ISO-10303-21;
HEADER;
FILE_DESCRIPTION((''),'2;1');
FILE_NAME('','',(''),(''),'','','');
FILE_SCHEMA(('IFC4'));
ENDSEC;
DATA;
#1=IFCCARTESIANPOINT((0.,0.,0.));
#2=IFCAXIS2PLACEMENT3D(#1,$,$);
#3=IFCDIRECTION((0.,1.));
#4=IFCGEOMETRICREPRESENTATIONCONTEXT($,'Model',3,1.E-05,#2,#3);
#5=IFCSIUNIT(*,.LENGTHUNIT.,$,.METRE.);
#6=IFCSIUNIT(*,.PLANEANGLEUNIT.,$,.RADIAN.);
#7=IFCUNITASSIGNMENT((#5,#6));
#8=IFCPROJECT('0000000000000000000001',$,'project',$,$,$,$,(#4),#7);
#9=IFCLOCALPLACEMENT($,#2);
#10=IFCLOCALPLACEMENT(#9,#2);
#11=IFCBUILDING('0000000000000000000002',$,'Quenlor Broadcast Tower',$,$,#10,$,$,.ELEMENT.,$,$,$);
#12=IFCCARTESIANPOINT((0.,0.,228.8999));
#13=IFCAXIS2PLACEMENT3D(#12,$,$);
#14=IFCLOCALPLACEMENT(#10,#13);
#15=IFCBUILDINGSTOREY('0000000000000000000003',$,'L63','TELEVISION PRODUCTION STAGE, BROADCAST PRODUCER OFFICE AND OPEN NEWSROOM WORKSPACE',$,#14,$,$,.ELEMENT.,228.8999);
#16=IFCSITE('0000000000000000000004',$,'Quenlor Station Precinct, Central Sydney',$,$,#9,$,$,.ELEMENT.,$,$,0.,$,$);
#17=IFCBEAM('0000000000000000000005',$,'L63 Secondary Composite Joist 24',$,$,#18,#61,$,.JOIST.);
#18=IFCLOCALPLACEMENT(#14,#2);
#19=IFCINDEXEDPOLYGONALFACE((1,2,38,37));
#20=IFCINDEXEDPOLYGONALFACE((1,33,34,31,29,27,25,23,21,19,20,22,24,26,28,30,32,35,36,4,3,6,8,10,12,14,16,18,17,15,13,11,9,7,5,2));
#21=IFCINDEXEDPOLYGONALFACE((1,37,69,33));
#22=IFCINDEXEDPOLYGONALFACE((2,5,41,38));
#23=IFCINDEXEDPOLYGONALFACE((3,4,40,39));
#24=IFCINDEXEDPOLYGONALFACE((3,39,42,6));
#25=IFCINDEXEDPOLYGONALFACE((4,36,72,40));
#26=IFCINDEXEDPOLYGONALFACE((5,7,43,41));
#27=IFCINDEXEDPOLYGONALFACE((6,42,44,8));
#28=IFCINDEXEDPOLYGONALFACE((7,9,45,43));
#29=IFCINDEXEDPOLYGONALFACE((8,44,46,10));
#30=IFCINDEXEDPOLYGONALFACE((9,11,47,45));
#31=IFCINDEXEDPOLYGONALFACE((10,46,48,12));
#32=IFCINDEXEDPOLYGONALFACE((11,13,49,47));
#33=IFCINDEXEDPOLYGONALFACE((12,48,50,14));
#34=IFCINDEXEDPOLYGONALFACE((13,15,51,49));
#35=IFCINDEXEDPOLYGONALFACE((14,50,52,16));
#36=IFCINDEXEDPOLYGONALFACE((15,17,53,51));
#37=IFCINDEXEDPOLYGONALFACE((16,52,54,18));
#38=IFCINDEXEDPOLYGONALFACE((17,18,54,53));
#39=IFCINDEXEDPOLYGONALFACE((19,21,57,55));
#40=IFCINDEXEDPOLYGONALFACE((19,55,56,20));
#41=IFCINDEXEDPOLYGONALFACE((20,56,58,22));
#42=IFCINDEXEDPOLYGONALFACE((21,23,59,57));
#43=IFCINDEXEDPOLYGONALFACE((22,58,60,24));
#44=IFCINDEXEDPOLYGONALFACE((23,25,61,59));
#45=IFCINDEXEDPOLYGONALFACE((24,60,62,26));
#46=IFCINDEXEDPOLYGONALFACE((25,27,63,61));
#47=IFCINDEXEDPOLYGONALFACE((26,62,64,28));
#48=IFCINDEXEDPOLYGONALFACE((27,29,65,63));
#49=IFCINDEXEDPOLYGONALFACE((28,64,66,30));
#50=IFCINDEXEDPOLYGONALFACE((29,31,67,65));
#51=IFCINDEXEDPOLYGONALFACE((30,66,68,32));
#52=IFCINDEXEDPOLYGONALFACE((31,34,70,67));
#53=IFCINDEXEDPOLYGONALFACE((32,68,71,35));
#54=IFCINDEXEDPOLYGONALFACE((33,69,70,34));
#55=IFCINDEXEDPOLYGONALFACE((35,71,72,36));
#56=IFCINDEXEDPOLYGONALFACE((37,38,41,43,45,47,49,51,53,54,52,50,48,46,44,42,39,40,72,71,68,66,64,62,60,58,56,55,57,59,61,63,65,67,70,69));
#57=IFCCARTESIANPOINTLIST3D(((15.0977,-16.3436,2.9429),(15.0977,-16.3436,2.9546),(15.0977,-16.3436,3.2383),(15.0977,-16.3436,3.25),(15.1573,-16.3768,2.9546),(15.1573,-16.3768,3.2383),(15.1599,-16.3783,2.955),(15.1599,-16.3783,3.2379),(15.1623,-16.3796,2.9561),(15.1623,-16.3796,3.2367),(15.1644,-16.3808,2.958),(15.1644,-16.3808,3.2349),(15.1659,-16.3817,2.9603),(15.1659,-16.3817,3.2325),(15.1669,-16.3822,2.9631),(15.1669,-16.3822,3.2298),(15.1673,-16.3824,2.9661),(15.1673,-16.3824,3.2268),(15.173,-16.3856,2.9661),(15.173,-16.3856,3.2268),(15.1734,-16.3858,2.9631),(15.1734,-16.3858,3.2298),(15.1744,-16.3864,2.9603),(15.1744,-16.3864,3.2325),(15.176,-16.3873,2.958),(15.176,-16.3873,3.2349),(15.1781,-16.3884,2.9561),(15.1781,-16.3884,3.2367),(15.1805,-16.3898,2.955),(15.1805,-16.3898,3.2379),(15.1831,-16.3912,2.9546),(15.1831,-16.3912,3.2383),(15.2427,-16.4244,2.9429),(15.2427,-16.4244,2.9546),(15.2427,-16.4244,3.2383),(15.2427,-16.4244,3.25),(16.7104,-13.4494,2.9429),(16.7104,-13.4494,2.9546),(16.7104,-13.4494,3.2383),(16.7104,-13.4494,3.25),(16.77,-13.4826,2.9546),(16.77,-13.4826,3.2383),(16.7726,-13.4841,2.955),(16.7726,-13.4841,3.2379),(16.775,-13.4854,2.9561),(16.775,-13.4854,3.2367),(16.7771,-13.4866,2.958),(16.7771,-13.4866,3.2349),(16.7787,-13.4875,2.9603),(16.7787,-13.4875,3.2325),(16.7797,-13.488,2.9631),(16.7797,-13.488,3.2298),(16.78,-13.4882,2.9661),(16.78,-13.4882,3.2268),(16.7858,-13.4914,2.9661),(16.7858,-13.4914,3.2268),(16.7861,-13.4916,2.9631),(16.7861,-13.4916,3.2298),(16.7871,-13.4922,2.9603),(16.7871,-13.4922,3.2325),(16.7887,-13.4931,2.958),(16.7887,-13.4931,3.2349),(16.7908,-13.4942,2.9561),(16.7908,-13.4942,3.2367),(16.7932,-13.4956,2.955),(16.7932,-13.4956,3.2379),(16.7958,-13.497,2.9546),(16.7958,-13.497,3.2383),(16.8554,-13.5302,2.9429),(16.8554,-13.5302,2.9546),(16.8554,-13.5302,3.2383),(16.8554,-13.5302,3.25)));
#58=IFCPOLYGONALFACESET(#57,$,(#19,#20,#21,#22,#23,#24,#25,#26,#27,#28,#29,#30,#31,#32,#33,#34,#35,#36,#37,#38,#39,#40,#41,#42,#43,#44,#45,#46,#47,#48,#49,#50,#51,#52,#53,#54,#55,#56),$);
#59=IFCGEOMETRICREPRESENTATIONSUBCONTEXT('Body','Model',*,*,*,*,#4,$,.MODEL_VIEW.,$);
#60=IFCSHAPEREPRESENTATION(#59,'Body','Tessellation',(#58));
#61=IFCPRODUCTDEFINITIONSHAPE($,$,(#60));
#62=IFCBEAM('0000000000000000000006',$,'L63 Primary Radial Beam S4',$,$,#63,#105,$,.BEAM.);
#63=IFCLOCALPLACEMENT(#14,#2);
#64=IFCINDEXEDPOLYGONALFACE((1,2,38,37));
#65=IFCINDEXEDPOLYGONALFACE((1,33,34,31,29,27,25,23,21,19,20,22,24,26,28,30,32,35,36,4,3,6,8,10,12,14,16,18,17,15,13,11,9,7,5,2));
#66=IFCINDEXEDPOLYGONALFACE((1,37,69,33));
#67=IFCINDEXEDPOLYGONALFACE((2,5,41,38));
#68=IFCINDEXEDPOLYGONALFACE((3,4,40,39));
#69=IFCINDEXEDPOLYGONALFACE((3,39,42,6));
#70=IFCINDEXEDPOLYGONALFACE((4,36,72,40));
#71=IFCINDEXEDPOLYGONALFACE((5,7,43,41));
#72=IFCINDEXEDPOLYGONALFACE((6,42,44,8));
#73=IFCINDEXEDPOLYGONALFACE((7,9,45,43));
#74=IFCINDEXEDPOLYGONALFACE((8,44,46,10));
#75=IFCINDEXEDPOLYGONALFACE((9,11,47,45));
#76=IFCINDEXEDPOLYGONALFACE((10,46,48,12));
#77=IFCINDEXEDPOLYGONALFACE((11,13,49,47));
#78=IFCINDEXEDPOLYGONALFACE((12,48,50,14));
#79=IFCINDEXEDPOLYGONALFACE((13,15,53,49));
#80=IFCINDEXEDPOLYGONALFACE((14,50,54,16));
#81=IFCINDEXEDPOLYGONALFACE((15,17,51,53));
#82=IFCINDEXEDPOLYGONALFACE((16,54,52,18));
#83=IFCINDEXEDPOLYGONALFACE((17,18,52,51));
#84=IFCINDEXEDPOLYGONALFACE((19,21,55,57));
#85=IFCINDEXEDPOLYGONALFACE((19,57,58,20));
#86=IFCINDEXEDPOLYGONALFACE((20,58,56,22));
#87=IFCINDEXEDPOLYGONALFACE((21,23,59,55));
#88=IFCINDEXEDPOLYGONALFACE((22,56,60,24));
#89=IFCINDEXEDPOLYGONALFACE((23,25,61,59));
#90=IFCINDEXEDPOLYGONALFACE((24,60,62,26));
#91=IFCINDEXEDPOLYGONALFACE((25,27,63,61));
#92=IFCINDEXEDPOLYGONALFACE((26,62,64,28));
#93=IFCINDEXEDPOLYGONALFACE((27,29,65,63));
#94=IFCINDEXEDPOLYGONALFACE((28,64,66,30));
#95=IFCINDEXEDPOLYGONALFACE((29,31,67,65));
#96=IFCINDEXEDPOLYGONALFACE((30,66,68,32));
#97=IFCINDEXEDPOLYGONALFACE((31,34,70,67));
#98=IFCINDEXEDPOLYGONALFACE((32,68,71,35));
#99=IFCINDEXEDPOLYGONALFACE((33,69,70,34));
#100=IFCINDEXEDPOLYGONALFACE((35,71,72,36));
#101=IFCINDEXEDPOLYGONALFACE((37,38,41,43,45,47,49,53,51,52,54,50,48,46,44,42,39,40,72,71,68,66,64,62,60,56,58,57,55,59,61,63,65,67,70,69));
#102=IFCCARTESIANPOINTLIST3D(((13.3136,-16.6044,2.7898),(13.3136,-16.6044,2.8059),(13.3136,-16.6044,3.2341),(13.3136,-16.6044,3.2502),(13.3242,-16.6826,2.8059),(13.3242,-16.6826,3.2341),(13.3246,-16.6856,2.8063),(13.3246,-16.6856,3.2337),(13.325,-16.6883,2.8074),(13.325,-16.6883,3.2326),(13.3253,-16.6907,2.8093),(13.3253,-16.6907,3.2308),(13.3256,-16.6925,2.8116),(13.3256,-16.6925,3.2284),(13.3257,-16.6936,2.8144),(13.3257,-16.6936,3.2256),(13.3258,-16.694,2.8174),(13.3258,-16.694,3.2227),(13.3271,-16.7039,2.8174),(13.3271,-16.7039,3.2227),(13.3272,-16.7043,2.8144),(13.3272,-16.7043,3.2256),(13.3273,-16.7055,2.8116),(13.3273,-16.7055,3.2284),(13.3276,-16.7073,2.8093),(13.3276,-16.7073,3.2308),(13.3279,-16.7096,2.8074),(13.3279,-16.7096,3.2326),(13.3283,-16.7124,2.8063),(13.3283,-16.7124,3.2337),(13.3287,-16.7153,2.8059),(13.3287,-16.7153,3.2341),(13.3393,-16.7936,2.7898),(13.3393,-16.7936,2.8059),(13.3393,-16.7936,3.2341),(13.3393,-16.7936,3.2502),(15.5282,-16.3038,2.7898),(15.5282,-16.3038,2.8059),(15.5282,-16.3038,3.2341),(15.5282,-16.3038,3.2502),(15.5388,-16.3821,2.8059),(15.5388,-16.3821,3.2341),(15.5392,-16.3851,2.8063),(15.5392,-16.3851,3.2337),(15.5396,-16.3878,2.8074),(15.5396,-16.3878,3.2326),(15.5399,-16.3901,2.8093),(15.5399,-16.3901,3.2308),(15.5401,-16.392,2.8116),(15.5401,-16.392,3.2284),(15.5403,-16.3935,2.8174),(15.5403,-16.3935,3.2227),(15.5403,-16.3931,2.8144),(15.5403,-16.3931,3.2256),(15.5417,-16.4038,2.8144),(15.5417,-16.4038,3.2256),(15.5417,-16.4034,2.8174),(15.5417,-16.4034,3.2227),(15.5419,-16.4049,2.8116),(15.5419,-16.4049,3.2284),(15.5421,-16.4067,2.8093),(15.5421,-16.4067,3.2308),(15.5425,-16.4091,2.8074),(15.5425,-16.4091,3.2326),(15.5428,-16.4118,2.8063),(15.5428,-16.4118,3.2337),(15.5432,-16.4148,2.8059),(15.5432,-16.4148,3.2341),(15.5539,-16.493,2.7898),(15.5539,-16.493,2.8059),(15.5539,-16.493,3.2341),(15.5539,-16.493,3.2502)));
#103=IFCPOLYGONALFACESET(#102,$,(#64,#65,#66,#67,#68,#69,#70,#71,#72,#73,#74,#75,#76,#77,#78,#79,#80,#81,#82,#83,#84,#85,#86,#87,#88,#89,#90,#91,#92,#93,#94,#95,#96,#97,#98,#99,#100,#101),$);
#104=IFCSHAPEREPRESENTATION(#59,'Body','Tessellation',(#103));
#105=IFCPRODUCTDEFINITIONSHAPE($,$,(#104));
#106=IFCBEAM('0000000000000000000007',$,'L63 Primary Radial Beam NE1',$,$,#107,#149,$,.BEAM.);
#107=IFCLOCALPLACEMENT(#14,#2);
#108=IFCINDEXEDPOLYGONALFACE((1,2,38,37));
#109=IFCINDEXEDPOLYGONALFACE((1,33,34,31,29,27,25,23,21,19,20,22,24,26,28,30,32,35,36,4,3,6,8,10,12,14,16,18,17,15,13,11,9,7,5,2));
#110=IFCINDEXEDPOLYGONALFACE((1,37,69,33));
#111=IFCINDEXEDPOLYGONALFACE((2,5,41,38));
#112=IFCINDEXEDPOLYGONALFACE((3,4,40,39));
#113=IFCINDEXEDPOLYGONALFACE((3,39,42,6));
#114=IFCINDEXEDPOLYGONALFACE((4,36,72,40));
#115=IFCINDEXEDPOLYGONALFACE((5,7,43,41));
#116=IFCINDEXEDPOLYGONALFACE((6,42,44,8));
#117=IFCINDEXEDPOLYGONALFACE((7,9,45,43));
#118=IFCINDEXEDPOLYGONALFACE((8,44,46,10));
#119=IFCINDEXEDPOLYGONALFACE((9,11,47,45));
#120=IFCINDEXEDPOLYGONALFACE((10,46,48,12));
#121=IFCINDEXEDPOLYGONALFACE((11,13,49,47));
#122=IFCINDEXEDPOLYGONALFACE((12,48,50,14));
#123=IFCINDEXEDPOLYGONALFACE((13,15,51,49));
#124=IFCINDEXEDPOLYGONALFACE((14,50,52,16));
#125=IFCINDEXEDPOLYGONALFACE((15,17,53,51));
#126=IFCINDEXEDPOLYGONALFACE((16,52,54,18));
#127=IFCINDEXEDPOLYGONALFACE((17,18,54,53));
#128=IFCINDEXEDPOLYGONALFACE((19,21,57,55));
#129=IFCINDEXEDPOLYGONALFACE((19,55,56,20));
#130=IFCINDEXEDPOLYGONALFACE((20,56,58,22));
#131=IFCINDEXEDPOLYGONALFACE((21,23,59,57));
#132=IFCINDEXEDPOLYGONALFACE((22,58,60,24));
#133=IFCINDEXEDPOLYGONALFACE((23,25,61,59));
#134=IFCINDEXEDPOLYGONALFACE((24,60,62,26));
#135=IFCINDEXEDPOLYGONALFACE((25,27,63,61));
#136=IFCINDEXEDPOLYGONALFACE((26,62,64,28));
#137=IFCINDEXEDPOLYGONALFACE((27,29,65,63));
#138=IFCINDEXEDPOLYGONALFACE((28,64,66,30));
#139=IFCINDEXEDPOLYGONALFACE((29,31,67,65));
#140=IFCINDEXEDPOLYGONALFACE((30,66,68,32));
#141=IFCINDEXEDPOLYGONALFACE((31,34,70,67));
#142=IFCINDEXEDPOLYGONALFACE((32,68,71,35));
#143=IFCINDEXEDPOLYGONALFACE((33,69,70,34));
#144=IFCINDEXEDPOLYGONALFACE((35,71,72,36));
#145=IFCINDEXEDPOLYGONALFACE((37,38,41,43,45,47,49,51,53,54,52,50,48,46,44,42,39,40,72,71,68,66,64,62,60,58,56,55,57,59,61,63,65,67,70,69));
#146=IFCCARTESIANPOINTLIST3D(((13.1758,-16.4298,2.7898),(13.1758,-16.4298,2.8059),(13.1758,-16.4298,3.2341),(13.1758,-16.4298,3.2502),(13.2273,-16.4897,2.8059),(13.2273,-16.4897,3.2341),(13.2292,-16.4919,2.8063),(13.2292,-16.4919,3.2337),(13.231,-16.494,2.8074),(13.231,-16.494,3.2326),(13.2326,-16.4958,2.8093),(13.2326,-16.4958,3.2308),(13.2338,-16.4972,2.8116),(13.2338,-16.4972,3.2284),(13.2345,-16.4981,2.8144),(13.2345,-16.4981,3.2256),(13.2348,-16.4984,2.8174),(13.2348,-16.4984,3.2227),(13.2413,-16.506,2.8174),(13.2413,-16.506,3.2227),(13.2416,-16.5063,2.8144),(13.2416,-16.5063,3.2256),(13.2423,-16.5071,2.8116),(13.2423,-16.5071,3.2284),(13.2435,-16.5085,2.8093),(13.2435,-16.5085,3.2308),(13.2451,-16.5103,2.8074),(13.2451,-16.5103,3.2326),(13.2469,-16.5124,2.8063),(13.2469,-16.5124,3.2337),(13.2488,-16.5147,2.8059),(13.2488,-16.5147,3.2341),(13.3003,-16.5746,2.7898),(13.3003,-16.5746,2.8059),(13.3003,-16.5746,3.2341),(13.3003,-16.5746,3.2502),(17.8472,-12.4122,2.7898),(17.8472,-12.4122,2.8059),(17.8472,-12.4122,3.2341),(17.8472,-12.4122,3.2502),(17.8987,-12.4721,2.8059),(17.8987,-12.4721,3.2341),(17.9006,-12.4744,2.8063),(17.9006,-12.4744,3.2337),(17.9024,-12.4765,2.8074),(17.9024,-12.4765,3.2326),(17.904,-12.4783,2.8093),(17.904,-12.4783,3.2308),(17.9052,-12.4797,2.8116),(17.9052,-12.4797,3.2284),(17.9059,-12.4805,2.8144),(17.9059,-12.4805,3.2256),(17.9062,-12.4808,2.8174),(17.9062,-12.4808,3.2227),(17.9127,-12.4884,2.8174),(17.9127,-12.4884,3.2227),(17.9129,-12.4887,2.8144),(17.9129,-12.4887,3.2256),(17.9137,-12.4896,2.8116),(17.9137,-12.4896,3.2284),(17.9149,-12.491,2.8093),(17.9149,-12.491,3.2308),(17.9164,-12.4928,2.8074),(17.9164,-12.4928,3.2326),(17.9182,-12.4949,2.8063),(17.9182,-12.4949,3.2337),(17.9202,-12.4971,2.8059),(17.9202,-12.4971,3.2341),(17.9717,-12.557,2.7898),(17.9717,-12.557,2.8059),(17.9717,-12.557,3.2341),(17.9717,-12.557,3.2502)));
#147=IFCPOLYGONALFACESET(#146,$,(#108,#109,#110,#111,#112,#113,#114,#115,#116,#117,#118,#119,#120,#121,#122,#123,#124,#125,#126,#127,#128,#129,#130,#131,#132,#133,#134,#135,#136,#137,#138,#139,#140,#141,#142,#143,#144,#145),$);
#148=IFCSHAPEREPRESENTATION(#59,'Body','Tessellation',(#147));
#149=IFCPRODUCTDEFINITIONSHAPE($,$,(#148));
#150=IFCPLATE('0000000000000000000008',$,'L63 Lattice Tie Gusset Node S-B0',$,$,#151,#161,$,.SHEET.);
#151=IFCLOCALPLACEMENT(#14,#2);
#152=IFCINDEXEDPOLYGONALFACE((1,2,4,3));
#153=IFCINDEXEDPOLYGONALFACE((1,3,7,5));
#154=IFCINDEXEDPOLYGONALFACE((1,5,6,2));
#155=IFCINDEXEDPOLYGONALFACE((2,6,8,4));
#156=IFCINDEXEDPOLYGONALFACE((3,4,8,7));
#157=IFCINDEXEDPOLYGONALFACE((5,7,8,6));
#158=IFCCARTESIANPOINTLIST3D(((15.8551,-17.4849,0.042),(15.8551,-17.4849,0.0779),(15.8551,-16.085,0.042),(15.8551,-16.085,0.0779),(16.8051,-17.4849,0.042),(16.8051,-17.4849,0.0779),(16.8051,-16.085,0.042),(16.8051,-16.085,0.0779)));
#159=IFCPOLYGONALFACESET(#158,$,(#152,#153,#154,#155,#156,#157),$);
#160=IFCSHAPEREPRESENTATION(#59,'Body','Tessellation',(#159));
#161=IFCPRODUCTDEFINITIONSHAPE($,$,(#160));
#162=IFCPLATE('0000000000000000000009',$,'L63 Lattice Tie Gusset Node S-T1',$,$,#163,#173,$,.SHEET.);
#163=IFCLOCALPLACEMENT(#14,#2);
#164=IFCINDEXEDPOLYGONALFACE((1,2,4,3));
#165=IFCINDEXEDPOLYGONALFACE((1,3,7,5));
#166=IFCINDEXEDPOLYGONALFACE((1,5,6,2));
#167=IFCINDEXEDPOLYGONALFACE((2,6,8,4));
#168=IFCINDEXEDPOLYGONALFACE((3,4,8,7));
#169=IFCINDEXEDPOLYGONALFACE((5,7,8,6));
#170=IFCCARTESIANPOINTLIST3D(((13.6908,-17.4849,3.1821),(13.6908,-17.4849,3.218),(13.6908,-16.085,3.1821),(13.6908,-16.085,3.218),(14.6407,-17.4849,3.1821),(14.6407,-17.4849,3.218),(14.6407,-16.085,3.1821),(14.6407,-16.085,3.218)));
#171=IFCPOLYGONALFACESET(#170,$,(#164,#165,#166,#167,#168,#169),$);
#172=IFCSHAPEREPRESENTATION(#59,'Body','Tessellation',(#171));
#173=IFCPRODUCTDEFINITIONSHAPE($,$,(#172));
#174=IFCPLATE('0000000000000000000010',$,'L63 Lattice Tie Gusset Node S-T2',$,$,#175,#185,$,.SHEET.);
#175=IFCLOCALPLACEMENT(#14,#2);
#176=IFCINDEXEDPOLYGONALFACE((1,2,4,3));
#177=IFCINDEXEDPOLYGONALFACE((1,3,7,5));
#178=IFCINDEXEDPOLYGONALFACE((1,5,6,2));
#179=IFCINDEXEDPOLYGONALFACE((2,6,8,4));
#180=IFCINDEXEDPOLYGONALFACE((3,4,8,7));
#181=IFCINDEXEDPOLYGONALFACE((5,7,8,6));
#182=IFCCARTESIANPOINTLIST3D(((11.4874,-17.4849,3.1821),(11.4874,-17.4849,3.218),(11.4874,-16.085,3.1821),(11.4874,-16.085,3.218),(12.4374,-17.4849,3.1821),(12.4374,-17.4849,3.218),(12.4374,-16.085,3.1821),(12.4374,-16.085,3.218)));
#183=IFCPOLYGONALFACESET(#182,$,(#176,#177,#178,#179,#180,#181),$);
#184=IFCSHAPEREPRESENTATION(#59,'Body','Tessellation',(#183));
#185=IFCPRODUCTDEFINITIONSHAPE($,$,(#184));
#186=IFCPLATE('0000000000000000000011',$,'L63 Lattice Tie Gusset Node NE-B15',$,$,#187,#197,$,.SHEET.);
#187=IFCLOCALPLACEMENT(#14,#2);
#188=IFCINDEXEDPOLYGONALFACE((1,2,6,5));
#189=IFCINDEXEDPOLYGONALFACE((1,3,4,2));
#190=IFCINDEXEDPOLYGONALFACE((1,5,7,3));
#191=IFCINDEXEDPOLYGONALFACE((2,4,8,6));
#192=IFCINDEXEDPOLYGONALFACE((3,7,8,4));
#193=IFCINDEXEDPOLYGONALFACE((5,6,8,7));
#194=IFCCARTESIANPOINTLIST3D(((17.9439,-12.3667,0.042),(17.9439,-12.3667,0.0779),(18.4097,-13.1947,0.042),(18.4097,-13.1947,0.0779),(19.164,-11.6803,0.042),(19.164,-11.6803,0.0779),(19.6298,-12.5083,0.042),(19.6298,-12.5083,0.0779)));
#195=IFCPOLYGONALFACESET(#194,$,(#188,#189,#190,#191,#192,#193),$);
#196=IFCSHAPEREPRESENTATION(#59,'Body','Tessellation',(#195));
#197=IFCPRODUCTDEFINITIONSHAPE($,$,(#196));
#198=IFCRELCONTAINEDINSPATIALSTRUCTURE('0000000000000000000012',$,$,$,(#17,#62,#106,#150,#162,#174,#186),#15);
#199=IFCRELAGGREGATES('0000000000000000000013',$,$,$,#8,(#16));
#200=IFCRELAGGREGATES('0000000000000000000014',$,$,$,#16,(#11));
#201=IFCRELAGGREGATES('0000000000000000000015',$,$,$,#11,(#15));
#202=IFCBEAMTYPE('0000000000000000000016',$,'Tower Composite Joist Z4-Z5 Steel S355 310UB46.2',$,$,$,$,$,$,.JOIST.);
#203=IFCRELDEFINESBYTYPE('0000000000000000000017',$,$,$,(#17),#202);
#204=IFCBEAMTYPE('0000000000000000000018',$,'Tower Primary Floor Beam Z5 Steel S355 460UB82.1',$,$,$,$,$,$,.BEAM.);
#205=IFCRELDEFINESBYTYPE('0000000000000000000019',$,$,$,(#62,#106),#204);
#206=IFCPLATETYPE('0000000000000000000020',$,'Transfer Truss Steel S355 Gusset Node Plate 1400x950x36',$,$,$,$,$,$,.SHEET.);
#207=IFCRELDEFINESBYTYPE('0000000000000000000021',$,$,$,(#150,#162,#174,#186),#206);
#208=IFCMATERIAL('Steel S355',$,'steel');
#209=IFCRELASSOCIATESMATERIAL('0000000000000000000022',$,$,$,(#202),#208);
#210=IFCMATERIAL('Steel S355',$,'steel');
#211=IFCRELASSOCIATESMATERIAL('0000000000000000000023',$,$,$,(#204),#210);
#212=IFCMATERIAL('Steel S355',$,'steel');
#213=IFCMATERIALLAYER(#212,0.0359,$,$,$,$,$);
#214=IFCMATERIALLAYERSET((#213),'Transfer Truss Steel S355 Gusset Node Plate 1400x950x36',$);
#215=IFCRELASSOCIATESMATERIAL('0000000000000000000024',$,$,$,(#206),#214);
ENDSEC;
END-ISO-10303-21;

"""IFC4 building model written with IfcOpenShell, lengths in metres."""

from ifc_helpers import new_model, si_unit, direction, frame, origin, origin_2d, place, context, subcontext, project, spatial, rectangle, i_section, extrude, material, layer, layer_set, material_profile, profile_set, type_object, element, save


model = new_model("IFC4")

# Units and contexts
model_context = context("Model", 3, precision=1e-05, world=origin(), true_north=direction((0.0, 1.0)))
body_context = subcontext(model_context, "Body", "Model", "MODEL_VIEW")
ifc_project = project(units=[si_unit("LENGTHUNIT", "METRE"), si_unit("PLANEANGLEUNIT", "RADIAN")], contexts=[model_context])

# Site, building, storey
site_placement = place(None, origin())
site = spatial("IfcSite", under=ifc_project, at=site_placement, Name="Quenlor Station Precinct, Central Sydney", CompositionType="ELEMENT", RefElevation=0.0)
building_placement = place(site_placement, origin())
building = spatial("IfcBuilding", under=site, at=building_placement, Name="Quenlor Broadcast Tower", CompositionType="ELEMENT")
storey_placement = place(building_placement, frame((0.0, 0.0, 228.8999)))
storey = spatial("IfcBuildingStorey", under=building, at=storey_placement, Name="L63", Description="TELEVISION PRODUCTION STAGE, BROADCAST PRODUCER OFFICE AND OPEN NEWSROOM WORKSPACE", CompositionType="ELEMENT", Elevation=228.8999)

# Beams
ifc_material_1 = material(Name="Steel S355", Category="steel")
ifc_material_profile_1 = material_profile(ifc_material_1, i_section(OverallWidth=0.166, OverallDepth=0.3071, WebThickness=0.0066, FlangeThickness=0.0117, FilletRadius=0.0115, at=origin_2d()))
ifc_profile_set_1 = profile_set([ifc_material_profile_1], Name="Steel S355 310UB46.2")
beam_type_1 = type_object("IfcBeamType", Name="Tower Composite Joist Z4-Z5 Steel S355 310UB46.2", PredefinedType="JOIST", material=ifc_profile_set_1)
beam_1_placement = place(storey_placement, frame((15.1702, -16.384, 3.0964), z_axis=(0.486762, 0.873534, 0.0), x_axis=(-0.873534, 0.486762, 0.0)))
element("IfcBeam", 1, at=beam_1_placement, inside=storey, type_object=beam_type_1, Name="L63 Secondary Composite Joist 24", PredefinedType="JOIST", context=body_context, shape_type="SweptSolid", body=[
    extrude(i_section(OverallWidth=0.166, OverallDepth=0.3071, WebThickness=0.0066, FlangeThickness=0.0117, FilletRadius=0.0115, at=origin_2d()), origin(), (0.0, 0.0, 1.0), 3.3132),
])
ifc_material_2 = material(Name="Steel S355", Category="steel")
ifc_material_profile_2 = material_profile(ifc_material_2, i_section(OverallWidth=0.1909, OverallDepth=0.4604, WebThickness=0.01, FlangeThickness=0.0161, FilletRadius=0.0115, at=origin_2d()))
ifc_profile_set_2 = profile_set([ifc_material_profile_2], Name="Steel S355 460UB82.1")
beam_type_2 = type_object("IfcBeamType", Name="Tower Primary Floor Beam Z5 Steel S355 460UB82.1", PredefinedType="BEAM", material=ifc_profile_set_2)
beam_2_placement = place(storey_placement, frame((15.541, -16.3984, 3.02), z_axis=(-0.990917, -0.134475, 0.0), x_axis=(0.134475, -0.990917, 0.0)))
element("IfcBeam", 2, at=beam_2_placement, inside=storey, type_object=beam_type_2, Name="L63 Primary Radial Beam S4", PredefinedType="BEAM", context=body_context, shape_type="SweptSolid", body=[
    extrude(i_section(OverallWidth=0.1909, OverallDepth=0.4604, WebThickness=0.01, FlangeThickness=0.0161, FilletRadius=0.0115, at=origin_2d()), origin(), (0.0, 0.0, 1.0), 2.2349),
])
beam_3_placement = place(storey_placement, frame((17.9094, -12.4846, 3.02), z_axis=(-0.75817, -0.652057, 0.0), x_axis=(0.652057, -0.75817, 0.0)))
element("IfcBeam", 3, at=beam_3_placement, inside=storey, type_object=beam_type_2, Name="L63 Primary Radial Beam NE1", PredefinedType="BEAM", context=body_context, shape_type="SweptSolid", body=[
    extrude(i_section(OverallWidth=0.1909, OverallDepth=0.4604, WebThickness=0.01, FlangeThickness=0.0161, FilletRadius=0.0115, at=origin_2d()), origin(), (0.0, 0.0, 1.0), 6.1614),
])

# Plates
ifc_material_3 = material(Name="Steel S355", Category="steel")
ifc_layer_1 = layer(ifc_material_3, 0.0359)
ifc_layer_set_1 = layer_set([ifc_layer_1], Name="Transfer Truss Steel S355 Gusset Node Plate 1400x950x36")
plate_type = type_object("IfcPlateType", Name="Transfer Truss Steel S355 Gusset Node Plate 1400x950x36", PredefinedType="SHEET", material=ifc_layer_set_1)
for number, where, z_axis, x_axis, name in (
    (4, (16.3301, -16.7849, 0.042), (0.0, 0.0, 1.0), (0.0, -1.0, 0.0), "L63 Lattice Tie Gusset Node S-B0"),
    (5, (14.1658, -16.7849, 3.1821), (0.0, 0.0, 1.0), (0.0, -1.0, 0.0), "L63 Lattice Tie Gusset Node S-T1"),
    (6, (11.9624, -16.7849, 3.1821), (0.0, 0.0, 1.0), (0.0, -1.0, 0.0), "L63 Lattice Tie Gusset Node S-T2"),
    (7, (18.7869, -12.4375, 0.042), (0.0, 0.0, 1.0), (0.871556, 0.490295, 0.0), "L63 Lattice Tie Gusset Node NE-B15"),
):
    element("IfcPlate", number, at=place(storey_placement, frame(where, z_axis=z_axis, x_axis=x_axis)), inside=storey, type_object=plate_type, Name=name, PredefinedType="SHEET", context=body_context, shape_type="SweptSolid", body=[
        extrude(rectangle(XDim=1.3999, YDim=0.95, at=origin_2d()), origin(), (0.0, 0.0, 1.0), 0.0359),
    ])

save(model, "model.ifc")
